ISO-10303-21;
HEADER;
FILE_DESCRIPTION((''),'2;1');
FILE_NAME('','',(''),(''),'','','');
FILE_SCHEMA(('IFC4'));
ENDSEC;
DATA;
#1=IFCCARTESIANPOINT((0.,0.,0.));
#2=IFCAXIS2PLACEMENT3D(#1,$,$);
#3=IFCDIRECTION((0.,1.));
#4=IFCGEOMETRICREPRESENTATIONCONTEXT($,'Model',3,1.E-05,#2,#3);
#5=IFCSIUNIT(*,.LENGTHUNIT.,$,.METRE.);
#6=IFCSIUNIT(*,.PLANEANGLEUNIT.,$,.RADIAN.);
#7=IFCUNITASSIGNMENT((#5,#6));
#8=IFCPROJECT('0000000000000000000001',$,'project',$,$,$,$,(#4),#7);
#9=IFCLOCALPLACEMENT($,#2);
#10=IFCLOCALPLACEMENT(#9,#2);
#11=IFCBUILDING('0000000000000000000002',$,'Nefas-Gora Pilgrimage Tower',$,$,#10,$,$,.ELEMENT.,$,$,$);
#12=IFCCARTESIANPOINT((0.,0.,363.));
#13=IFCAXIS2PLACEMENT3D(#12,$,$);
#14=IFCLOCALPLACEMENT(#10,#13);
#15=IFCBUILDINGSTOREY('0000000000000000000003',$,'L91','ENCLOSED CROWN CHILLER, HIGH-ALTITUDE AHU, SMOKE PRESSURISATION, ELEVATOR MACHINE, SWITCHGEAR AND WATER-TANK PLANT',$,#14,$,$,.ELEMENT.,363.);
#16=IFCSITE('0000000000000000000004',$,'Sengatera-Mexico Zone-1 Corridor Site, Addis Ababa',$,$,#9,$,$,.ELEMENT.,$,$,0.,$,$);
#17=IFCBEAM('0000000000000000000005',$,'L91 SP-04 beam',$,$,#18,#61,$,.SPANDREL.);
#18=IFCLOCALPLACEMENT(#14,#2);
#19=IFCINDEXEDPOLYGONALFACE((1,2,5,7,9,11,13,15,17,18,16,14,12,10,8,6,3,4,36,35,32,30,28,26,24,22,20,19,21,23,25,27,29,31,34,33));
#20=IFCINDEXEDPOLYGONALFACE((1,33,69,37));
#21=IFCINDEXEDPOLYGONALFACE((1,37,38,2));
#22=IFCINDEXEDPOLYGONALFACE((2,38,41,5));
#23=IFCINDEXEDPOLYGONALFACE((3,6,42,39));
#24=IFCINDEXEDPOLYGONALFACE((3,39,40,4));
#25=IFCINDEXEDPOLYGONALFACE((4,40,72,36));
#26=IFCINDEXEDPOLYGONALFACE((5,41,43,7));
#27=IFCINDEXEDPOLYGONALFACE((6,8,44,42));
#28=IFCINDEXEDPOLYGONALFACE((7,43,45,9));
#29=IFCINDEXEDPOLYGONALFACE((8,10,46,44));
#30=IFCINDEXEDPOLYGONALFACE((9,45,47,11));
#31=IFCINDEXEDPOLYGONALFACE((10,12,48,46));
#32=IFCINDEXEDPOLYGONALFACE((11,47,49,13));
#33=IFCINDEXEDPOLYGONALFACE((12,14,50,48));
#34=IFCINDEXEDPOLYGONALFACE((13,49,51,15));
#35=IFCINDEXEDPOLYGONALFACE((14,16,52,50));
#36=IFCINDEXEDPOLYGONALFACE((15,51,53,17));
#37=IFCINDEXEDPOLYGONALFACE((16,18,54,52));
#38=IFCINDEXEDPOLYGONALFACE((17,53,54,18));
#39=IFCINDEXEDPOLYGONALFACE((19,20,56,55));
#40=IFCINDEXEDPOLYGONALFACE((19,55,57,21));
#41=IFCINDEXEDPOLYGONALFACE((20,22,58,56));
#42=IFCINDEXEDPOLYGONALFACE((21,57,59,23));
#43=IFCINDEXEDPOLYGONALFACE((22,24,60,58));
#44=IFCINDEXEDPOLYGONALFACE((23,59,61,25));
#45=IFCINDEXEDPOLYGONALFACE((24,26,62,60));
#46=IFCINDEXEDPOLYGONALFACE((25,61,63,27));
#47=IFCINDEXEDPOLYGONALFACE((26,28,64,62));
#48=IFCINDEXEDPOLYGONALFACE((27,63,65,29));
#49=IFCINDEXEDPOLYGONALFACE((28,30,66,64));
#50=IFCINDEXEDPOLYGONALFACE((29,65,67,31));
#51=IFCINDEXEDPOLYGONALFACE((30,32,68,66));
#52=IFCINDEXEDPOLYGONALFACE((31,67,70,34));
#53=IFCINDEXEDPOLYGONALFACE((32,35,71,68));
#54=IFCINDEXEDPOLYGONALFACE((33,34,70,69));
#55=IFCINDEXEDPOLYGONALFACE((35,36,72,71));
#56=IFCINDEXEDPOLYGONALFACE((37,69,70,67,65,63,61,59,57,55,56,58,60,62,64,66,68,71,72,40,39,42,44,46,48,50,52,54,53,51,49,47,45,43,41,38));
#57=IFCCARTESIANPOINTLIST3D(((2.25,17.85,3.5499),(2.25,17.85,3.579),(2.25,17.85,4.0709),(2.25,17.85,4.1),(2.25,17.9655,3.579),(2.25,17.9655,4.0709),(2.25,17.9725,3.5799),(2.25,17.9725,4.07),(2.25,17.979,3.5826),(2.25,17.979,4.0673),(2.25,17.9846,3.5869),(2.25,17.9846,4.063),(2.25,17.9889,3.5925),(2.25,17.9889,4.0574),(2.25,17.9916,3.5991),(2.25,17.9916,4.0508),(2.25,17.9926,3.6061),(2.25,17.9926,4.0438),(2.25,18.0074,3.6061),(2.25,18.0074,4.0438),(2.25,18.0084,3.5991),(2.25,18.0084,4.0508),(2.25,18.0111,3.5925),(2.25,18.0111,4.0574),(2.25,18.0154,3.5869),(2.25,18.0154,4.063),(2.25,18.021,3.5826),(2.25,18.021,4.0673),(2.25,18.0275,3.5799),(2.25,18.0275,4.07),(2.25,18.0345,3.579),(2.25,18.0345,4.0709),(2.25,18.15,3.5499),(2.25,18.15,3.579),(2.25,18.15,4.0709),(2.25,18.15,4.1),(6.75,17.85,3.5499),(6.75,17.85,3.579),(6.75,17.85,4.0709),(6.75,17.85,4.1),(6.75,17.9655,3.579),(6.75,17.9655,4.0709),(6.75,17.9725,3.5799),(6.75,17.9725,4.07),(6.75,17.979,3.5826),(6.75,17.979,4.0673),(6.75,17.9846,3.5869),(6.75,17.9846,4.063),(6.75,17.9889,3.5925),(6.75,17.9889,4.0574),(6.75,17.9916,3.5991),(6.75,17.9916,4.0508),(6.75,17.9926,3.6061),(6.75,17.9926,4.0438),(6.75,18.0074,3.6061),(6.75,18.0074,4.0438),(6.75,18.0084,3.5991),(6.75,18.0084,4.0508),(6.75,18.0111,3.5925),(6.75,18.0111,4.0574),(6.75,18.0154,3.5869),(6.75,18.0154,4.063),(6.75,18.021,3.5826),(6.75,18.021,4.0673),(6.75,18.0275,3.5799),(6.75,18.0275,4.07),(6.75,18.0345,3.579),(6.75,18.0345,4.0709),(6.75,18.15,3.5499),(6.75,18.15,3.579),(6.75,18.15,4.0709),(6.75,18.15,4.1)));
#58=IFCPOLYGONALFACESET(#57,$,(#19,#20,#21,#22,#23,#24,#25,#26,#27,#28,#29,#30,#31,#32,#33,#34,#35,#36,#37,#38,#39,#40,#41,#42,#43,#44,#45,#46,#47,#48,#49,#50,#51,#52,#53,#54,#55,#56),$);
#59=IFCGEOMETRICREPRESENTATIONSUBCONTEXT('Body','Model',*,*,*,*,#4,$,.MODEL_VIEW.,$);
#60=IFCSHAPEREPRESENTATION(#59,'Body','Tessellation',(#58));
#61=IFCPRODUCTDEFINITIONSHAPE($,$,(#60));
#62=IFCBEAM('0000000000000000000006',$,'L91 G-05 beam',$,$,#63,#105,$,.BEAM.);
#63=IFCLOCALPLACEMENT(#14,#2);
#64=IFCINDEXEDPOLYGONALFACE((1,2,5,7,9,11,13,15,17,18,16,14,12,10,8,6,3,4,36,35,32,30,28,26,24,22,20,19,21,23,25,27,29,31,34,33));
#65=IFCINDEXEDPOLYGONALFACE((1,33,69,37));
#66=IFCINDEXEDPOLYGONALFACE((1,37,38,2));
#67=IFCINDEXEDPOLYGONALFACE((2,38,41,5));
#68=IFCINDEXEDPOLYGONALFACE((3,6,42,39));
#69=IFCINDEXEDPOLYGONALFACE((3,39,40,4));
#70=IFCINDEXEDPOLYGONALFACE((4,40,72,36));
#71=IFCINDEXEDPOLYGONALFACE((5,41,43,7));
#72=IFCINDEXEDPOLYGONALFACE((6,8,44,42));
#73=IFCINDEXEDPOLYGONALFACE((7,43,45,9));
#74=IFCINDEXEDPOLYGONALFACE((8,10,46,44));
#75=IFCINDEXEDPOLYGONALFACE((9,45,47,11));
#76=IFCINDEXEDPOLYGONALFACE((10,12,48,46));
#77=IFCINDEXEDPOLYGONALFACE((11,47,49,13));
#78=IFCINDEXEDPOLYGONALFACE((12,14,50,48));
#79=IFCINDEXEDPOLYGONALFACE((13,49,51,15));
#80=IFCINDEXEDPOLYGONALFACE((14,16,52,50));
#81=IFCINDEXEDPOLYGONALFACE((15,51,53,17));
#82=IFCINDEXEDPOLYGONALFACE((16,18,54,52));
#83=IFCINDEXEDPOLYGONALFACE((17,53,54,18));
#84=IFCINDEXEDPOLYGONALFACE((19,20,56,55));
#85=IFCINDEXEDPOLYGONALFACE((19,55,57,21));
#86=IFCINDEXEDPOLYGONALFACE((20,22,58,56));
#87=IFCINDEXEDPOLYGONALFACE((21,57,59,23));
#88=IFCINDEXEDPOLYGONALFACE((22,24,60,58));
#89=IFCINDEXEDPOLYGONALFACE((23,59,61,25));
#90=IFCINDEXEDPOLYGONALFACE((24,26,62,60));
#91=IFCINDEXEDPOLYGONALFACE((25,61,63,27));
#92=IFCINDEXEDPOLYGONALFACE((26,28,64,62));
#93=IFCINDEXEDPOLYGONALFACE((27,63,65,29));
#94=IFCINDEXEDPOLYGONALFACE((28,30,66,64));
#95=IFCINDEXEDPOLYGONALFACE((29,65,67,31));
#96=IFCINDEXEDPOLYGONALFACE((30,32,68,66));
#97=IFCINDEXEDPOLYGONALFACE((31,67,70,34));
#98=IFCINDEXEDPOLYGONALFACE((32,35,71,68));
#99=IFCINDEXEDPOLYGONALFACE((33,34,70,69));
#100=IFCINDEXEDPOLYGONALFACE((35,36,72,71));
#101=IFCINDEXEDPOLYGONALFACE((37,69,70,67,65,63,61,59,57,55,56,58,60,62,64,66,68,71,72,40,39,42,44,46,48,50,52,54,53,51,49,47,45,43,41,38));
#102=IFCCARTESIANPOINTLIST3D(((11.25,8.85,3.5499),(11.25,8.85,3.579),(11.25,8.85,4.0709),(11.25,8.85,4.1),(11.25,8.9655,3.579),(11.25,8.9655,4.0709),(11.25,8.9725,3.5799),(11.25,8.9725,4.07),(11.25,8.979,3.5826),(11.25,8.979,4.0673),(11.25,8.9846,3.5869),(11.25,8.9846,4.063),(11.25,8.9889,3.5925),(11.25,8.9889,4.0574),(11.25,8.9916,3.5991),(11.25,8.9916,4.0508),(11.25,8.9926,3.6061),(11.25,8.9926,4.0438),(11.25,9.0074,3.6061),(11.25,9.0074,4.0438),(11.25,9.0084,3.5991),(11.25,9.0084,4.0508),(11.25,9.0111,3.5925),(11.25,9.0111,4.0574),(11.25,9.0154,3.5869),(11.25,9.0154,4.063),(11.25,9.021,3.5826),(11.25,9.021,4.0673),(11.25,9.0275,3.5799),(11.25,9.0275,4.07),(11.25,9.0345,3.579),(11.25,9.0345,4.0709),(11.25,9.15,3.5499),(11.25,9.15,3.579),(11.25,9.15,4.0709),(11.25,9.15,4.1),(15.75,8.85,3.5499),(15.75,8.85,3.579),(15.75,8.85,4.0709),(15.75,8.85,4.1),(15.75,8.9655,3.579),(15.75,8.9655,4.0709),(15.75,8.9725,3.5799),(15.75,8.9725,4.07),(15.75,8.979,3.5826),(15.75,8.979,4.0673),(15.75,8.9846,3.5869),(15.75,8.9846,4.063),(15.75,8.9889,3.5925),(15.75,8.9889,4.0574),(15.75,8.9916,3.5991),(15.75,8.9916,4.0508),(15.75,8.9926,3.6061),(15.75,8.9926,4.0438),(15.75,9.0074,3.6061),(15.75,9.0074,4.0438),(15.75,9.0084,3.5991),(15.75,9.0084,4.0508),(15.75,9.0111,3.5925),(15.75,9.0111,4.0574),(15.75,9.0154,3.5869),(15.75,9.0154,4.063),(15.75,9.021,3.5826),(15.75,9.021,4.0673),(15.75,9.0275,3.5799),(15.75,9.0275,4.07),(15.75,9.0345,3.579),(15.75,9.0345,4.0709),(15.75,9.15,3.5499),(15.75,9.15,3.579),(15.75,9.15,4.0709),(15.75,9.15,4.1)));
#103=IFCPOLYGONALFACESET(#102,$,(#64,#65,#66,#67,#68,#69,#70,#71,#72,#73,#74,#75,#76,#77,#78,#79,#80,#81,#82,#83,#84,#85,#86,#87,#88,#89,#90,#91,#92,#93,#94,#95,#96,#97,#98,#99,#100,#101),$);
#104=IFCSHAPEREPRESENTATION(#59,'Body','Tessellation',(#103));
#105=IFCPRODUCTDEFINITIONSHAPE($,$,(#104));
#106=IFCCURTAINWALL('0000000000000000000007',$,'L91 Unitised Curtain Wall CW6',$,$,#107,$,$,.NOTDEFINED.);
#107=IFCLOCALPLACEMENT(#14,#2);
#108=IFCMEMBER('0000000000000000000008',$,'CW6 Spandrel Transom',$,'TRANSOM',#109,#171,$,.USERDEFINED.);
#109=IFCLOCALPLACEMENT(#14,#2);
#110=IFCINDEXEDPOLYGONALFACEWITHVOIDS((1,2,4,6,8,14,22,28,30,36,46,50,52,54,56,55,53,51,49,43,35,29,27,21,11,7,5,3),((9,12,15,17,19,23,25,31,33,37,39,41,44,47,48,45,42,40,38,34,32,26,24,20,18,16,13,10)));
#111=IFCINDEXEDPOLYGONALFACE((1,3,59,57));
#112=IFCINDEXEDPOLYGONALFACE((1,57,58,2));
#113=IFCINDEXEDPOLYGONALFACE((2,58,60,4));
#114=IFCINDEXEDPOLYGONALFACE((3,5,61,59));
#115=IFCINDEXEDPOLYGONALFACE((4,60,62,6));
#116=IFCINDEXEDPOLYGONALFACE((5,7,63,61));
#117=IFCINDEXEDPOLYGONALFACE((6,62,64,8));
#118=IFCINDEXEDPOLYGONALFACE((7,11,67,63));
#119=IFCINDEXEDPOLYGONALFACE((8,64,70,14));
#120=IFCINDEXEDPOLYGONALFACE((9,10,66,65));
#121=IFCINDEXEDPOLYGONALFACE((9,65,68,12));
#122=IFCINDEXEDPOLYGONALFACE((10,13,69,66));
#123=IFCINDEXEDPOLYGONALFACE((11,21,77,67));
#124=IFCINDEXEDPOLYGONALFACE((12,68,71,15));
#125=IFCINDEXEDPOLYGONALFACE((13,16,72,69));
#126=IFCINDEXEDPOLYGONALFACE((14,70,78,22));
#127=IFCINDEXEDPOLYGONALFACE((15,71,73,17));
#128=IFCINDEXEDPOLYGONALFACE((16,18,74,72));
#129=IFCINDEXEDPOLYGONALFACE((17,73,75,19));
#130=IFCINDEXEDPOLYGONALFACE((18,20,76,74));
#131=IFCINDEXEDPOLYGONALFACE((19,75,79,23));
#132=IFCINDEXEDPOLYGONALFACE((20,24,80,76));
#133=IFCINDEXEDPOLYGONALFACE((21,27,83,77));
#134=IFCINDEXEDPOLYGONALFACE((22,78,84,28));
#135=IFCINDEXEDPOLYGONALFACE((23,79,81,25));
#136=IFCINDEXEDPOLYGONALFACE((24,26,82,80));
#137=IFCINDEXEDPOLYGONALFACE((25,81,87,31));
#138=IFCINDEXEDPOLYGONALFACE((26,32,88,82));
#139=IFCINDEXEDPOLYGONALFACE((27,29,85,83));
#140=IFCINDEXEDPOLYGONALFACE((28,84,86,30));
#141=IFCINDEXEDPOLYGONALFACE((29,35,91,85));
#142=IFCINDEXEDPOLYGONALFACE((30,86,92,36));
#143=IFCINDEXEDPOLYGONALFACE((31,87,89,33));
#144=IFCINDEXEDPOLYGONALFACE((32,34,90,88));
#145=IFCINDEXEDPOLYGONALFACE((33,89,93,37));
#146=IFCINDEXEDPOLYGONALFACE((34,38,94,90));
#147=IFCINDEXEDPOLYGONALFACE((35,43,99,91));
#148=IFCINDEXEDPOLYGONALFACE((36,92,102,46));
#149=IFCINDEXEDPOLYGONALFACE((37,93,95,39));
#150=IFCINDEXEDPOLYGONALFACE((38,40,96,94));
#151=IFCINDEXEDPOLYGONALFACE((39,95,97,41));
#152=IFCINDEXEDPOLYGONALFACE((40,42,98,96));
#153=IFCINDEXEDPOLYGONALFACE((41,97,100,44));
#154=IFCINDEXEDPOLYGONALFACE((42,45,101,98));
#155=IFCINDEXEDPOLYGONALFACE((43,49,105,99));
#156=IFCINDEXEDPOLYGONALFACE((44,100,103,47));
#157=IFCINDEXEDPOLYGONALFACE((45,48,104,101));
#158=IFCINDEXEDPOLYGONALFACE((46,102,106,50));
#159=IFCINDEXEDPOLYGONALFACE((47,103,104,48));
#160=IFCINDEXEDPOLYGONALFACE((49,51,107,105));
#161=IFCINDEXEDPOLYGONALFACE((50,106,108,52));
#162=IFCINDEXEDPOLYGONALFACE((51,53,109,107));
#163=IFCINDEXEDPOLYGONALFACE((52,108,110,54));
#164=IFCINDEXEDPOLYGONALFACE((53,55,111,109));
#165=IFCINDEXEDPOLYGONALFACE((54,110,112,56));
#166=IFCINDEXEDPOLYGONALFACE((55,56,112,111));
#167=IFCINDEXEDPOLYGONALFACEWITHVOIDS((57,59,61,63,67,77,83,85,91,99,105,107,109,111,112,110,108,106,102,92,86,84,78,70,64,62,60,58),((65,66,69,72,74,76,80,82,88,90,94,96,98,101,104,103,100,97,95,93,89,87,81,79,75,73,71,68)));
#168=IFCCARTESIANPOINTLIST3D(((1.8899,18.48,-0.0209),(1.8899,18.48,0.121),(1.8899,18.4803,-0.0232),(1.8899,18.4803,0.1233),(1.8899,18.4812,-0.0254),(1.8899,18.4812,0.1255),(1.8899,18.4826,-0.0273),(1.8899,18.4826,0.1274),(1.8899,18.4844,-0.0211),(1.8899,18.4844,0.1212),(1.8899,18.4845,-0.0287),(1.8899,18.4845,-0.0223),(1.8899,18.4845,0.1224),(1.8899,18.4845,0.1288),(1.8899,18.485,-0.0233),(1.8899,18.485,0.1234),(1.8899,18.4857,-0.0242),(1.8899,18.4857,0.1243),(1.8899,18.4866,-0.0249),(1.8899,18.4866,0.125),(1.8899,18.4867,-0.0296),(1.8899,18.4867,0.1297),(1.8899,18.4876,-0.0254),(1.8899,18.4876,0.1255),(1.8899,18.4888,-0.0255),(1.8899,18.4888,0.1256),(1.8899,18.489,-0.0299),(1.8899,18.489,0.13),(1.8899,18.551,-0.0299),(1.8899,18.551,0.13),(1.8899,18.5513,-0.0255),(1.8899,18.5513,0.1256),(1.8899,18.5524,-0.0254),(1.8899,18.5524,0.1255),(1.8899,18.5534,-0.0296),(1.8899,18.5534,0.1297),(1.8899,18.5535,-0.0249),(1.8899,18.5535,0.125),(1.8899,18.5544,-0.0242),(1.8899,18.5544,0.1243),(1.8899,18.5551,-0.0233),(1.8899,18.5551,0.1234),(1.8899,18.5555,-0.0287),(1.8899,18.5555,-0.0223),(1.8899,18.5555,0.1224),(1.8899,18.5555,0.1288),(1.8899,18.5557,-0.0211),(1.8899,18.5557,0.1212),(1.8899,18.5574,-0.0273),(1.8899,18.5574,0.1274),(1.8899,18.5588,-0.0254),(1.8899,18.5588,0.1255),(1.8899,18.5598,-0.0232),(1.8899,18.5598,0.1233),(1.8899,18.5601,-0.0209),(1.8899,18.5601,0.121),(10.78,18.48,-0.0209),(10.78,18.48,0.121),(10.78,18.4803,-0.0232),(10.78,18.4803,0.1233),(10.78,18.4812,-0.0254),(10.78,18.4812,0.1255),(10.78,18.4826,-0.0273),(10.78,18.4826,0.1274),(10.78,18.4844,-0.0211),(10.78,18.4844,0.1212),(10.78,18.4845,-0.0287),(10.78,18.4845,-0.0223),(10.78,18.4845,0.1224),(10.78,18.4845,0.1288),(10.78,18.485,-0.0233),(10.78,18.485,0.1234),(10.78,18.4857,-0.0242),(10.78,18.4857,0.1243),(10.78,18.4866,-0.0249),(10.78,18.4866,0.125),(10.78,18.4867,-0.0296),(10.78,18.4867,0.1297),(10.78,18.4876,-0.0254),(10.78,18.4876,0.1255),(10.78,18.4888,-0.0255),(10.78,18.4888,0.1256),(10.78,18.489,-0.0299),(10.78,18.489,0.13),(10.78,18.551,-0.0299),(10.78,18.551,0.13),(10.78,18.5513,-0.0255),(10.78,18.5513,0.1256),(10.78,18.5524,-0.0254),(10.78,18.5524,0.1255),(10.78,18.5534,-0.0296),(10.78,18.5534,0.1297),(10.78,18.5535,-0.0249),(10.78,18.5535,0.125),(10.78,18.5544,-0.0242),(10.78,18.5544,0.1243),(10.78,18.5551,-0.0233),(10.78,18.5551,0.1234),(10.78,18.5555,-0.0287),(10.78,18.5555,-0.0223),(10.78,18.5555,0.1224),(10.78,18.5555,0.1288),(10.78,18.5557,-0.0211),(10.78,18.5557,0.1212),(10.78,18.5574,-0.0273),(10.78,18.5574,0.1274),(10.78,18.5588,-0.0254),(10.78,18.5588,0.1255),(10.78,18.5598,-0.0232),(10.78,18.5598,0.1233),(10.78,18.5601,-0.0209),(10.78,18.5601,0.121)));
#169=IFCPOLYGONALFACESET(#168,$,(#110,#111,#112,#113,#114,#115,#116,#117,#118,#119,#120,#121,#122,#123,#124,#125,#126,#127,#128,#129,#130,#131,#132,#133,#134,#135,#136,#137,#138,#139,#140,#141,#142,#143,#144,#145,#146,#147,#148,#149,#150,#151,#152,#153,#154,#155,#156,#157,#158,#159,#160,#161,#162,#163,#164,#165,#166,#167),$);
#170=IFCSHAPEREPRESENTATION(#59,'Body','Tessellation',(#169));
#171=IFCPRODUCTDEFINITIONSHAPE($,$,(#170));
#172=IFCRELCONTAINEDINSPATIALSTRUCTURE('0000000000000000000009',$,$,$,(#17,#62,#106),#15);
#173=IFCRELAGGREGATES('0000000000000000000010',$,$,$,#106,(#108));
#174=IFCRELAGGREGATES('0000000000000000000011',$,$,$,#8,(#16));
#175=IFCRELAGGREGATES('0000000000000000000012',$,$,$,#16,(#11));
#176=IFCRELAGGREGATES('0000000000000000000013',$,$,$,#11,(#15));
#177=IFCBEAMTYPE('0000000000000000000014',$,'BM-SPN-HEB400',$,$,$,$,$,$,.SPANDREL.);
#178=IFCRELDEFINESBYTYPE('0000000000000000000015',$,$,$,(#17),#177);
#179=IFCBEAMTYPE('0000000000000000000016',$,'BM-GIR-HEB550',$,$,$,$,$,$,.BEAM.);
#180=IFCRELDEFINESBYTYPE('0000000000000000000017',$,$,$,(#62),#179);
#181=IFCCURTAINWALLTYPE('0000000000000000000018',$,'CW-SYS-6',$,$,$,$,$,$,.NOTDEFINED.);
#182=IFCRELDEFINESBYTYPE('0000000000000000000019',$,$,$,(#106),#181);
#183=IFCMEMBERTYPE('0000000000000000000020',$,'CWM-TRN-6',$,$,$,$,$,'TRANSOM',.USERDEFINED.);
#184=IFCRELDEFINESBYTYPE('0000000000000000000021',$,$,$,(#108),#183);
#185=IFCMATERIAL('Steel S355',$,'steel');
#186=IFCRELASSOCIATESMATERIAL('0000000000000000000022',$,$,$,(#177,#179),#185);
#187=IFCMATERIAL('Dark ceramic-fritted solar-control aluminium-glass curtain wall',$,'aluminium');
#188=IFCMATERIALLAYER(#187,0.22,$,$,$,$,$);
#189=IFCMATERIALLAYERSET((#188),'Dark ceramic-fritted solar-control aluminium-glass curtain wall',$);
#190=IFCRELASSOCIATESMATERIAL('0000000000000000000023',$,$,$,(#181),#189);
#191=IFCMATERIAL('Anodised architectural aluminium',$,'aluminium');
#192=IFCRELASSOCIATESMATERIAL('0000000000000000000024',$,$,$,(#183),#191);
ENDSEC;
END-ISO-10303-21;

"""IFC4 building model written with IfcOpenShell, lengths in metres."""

from ifc_helpers import new_model, si_unit, direction, frame, origin, origin_2d, place, context, subcontext, project, spatial, hollow_rectangle, i_section, extrude, source, transform, mapped, material, layer, layer_set, material_profile, profile_set, type_object, element, aggregate, save


model = new_model("IFC4")

# Units and contexts
model_context = context("Model", 3, precision=1e-05, world=origin(), true_north=direction((0.0, 1.0)))
body_context = subcontext(model_context, "Body", "Model", "MODEL_VIEW")
ifc_project = project(units=[si_unit("LENGTHUNIT", "METRE"), si_unit("PLANEANGLEUNIT", "RADIAN")], contexts=[model_context])

# Site, building, storey
site_placement = place(None, origin())
site = spatial("IfcSite", under=ifc_project, at=site_placement, Name="Sengatera-Mexico Zone-1 Corridor Site, Addis Ababa", CompositionType="ELEMENT", RefElevation=0.0)
building_placement = place(site_placement, origin())
building = spatial("IfcBuilding", under=site, at=building_placement, Name="Nefas-Gora Pilgrimage Tower", CompositionType="ELEMENT")
storey_placement = place(building_placement, frame((0.0, 0.0, 363.0)))
storey = spatial("IfcBuildingStorey", under=building, at=storey_placement, Name="L91", Description="ENCLOSED CROWN CHILLER, HIGH-ALTITUDE AHU, SMOKE PRESSURISATION, ELEVATOR MACHINE, SWITCHGEAR AND WATER-TANK PLANT", CompositionType="ELEMENT", Elevation=363.0)

# Shared definitions
ifc_material_1 = material(Name="Steel S355", Category="steel")

# Beams
ifc_material_profile_1 = material_profile(ifc_material_1, i_section(OverallWidth=0.3, OverallDepth=0.55, WebThickness=0.0149, FlangeThickness=0.0291, FilletRadius=0.0271, at=origin_2d()), Name="HEB 550")
ifc_profile_set_1 = profile_set([ifc_material_profile_1], Name="Steel S355")
beam_type_1 = type_object("IfcBeamType", Name="BM-SPN-HEB400", PredefinedType="SPANDREL", material=ifc_profile_set_1)
shared_shape_1 = source(origin(), body_context, "Body", "SweptSolid", [
    extrude(i_section(OverallWidth=0.3, OverallDepth=0.55, WebThickness=0.0149, FlangeThickness=0.0291, FilletRadius=0.0271, at=origin_2d()), origin(), (0.0, 0.0, 1.0), 4.5),
])
beam_1_placement = place(storey_placement, frame((2.25, 18.0, 3.825), z_axis=(1.0, 0.0, 0.0), x_axis=(0.0, 1.0, 0.0)))
element("IfcBeam", 1, at=beam_1_placement, inside=storey, type_object=beam_type_1, Name="L91 SP-04 beam", PredefinedType="SPANDREL", context=body_context, shape_type="MappedRepresentation", body=[
    mapped(shared_shape_1, transform((0.0, 0.0, 0.0), x_axis=(1.0, 0.0, 0.0), y_axis=(0.0, 1.0, 0.0), z_axis=(0.0, 0.0, 1.0), scale=1.0)),
])
ifc_material_profile_2 = material_profile(ifc_material_1, i_section(OverallWidth=0.3, OverallDepth=0.55, WebThickness=0.0149, FlangeThickness=0.0291, FilletRadius=0.0271, at=origin_2d()), Name="HEB 550")
ifc_profile_set_2 = profile_set([ifc_material_profile_2], Name="Steel S355")
beam_type_2 = type_object("IfcBeamType", Name="BM-GIR-HEB550", PredefinedType="BEAM", material=ifc_profile_set_2)
shared_shape_2 = source(origin(), body_context, "Body", "SweptSolid", [
    extrude(i_section(OverallWidth=0.3, OverallDepth=0.55, WebThickness=0.0149, FlangeThickness=0.0291, FilletRadius=0.0271, at=origin_2d()), origin(), (0.0, 0.0, 1.0), 4.5),
])
beam_2_placement = place(storey_placement, frame((11.25, 9.0, 3.825), z_axis=(1.0, 0.0, 0.0), x_axis=(0.0, 1.0, 0.0)))
element("IfcBeam", 2, at=beam_2_placement, inside=storey, type_object=beam_type_2, Name="L91 G-05 beam", PredefinedType="BEAM", context=body_context, shape_type="MappedRepresentation", body=[
    mapped(shared_shape_2, transform((0.0, 0.0, 0.0), x_axis=(1.0, 0.0, 0.0), y_axis=(0.0, 1.0, 0.0), z_axis=(0.0, 0.0, 1.0), scale=1.0)),
])

# Curtain wall, member
ifc_material_2 = material(Name="Dark ceramic-fritted solar-control aluminium-glass curtain wall", Category="aluminium")
ifc_layer_1 = layer(ifc_material_2, 0.22)
ifc_layer_set_1 = layer_set([ifc_layer_1], Name="Dark ceramic-fritted solar-control aluminium-glass curtain wall")
curtain_wall_type = type_object("IfcCurtainWallType", Name="CW-SYS-6", PredefinedType="NOTDEFINED", material=ifc_layer_set_1)
curtain_wall_1_placement = place(storey_placement, origin())
curtain_wall_1 = element("IfcCurtainWall", 3, at=curtain_wall_1_placement, inside=storey, type_object=curtain_wall_type, Name="L91 Unitised Curtain Wall CW6", PredefinedType="NOTDEFINED")
ifc_material_3 = material(Name="Anodised architectural aluminium", Category="aluminium")
ifc_material_profile_3 = material_profile(ifc_material_3, hollow_rectangle(XDim=0.0801, YDim=0.1599, WallThickness=0.0044, InnerFilletRadius=0.0044, OuterFilletRadius=0.009, at=origin_2d()), Name="ALU TRANSOM 80x160")
ifc_profile_set_3 = profile_set([ifc_material_profile_3], Name="Anodised architectural aluminium")
member_type_1 = type_object("IfcMemberType", Name="CWM-TRN-6", ElementType="TRANSOM", PredefinedType="USERDEFINED", material=ifc_profile_set_3)
shared_shape_3 = source(origin(), body_context, "Body", "SweptSolid", [
    extrude(hollow_rectangle(XDim=0.0801, YDim=0.1599, WallThickness=0.0044, InnerFilletRadius=0.0044, OuterFilletRadius=0.009, at=origin_2d()), origin(), (0.0, 0.0, 1.0), 8.8901),
])
member_1_placement = place(storey_placement, frame((10.78, 18.52, 0.05), z_axis=(-1.0, 0.0, 0.0), x_axis=(0.0, -1.0, 0.0)))
member_1 = element("IfcMember", 4, at=member_1_placement, type_object=member_type_1, Name="CW6 Spandrel Transom", ObjectType="TRANSOM", PredefinedType="USERDEFINED", context=body_context, shape_type="MappedRepresentation", body=[
    mapped(shared_shape_3, transform((0.0, 0.0, 0.0), x_axis=(1.0, 0.0, 0.0), y_axis=(0.0, 1.0, 0.0), z_axis=(0.0, 0.0, 1.0), scale=1.0)),
])

aggregate(curtain_wall_1, [member_1])

save(model, "model.ifc")
